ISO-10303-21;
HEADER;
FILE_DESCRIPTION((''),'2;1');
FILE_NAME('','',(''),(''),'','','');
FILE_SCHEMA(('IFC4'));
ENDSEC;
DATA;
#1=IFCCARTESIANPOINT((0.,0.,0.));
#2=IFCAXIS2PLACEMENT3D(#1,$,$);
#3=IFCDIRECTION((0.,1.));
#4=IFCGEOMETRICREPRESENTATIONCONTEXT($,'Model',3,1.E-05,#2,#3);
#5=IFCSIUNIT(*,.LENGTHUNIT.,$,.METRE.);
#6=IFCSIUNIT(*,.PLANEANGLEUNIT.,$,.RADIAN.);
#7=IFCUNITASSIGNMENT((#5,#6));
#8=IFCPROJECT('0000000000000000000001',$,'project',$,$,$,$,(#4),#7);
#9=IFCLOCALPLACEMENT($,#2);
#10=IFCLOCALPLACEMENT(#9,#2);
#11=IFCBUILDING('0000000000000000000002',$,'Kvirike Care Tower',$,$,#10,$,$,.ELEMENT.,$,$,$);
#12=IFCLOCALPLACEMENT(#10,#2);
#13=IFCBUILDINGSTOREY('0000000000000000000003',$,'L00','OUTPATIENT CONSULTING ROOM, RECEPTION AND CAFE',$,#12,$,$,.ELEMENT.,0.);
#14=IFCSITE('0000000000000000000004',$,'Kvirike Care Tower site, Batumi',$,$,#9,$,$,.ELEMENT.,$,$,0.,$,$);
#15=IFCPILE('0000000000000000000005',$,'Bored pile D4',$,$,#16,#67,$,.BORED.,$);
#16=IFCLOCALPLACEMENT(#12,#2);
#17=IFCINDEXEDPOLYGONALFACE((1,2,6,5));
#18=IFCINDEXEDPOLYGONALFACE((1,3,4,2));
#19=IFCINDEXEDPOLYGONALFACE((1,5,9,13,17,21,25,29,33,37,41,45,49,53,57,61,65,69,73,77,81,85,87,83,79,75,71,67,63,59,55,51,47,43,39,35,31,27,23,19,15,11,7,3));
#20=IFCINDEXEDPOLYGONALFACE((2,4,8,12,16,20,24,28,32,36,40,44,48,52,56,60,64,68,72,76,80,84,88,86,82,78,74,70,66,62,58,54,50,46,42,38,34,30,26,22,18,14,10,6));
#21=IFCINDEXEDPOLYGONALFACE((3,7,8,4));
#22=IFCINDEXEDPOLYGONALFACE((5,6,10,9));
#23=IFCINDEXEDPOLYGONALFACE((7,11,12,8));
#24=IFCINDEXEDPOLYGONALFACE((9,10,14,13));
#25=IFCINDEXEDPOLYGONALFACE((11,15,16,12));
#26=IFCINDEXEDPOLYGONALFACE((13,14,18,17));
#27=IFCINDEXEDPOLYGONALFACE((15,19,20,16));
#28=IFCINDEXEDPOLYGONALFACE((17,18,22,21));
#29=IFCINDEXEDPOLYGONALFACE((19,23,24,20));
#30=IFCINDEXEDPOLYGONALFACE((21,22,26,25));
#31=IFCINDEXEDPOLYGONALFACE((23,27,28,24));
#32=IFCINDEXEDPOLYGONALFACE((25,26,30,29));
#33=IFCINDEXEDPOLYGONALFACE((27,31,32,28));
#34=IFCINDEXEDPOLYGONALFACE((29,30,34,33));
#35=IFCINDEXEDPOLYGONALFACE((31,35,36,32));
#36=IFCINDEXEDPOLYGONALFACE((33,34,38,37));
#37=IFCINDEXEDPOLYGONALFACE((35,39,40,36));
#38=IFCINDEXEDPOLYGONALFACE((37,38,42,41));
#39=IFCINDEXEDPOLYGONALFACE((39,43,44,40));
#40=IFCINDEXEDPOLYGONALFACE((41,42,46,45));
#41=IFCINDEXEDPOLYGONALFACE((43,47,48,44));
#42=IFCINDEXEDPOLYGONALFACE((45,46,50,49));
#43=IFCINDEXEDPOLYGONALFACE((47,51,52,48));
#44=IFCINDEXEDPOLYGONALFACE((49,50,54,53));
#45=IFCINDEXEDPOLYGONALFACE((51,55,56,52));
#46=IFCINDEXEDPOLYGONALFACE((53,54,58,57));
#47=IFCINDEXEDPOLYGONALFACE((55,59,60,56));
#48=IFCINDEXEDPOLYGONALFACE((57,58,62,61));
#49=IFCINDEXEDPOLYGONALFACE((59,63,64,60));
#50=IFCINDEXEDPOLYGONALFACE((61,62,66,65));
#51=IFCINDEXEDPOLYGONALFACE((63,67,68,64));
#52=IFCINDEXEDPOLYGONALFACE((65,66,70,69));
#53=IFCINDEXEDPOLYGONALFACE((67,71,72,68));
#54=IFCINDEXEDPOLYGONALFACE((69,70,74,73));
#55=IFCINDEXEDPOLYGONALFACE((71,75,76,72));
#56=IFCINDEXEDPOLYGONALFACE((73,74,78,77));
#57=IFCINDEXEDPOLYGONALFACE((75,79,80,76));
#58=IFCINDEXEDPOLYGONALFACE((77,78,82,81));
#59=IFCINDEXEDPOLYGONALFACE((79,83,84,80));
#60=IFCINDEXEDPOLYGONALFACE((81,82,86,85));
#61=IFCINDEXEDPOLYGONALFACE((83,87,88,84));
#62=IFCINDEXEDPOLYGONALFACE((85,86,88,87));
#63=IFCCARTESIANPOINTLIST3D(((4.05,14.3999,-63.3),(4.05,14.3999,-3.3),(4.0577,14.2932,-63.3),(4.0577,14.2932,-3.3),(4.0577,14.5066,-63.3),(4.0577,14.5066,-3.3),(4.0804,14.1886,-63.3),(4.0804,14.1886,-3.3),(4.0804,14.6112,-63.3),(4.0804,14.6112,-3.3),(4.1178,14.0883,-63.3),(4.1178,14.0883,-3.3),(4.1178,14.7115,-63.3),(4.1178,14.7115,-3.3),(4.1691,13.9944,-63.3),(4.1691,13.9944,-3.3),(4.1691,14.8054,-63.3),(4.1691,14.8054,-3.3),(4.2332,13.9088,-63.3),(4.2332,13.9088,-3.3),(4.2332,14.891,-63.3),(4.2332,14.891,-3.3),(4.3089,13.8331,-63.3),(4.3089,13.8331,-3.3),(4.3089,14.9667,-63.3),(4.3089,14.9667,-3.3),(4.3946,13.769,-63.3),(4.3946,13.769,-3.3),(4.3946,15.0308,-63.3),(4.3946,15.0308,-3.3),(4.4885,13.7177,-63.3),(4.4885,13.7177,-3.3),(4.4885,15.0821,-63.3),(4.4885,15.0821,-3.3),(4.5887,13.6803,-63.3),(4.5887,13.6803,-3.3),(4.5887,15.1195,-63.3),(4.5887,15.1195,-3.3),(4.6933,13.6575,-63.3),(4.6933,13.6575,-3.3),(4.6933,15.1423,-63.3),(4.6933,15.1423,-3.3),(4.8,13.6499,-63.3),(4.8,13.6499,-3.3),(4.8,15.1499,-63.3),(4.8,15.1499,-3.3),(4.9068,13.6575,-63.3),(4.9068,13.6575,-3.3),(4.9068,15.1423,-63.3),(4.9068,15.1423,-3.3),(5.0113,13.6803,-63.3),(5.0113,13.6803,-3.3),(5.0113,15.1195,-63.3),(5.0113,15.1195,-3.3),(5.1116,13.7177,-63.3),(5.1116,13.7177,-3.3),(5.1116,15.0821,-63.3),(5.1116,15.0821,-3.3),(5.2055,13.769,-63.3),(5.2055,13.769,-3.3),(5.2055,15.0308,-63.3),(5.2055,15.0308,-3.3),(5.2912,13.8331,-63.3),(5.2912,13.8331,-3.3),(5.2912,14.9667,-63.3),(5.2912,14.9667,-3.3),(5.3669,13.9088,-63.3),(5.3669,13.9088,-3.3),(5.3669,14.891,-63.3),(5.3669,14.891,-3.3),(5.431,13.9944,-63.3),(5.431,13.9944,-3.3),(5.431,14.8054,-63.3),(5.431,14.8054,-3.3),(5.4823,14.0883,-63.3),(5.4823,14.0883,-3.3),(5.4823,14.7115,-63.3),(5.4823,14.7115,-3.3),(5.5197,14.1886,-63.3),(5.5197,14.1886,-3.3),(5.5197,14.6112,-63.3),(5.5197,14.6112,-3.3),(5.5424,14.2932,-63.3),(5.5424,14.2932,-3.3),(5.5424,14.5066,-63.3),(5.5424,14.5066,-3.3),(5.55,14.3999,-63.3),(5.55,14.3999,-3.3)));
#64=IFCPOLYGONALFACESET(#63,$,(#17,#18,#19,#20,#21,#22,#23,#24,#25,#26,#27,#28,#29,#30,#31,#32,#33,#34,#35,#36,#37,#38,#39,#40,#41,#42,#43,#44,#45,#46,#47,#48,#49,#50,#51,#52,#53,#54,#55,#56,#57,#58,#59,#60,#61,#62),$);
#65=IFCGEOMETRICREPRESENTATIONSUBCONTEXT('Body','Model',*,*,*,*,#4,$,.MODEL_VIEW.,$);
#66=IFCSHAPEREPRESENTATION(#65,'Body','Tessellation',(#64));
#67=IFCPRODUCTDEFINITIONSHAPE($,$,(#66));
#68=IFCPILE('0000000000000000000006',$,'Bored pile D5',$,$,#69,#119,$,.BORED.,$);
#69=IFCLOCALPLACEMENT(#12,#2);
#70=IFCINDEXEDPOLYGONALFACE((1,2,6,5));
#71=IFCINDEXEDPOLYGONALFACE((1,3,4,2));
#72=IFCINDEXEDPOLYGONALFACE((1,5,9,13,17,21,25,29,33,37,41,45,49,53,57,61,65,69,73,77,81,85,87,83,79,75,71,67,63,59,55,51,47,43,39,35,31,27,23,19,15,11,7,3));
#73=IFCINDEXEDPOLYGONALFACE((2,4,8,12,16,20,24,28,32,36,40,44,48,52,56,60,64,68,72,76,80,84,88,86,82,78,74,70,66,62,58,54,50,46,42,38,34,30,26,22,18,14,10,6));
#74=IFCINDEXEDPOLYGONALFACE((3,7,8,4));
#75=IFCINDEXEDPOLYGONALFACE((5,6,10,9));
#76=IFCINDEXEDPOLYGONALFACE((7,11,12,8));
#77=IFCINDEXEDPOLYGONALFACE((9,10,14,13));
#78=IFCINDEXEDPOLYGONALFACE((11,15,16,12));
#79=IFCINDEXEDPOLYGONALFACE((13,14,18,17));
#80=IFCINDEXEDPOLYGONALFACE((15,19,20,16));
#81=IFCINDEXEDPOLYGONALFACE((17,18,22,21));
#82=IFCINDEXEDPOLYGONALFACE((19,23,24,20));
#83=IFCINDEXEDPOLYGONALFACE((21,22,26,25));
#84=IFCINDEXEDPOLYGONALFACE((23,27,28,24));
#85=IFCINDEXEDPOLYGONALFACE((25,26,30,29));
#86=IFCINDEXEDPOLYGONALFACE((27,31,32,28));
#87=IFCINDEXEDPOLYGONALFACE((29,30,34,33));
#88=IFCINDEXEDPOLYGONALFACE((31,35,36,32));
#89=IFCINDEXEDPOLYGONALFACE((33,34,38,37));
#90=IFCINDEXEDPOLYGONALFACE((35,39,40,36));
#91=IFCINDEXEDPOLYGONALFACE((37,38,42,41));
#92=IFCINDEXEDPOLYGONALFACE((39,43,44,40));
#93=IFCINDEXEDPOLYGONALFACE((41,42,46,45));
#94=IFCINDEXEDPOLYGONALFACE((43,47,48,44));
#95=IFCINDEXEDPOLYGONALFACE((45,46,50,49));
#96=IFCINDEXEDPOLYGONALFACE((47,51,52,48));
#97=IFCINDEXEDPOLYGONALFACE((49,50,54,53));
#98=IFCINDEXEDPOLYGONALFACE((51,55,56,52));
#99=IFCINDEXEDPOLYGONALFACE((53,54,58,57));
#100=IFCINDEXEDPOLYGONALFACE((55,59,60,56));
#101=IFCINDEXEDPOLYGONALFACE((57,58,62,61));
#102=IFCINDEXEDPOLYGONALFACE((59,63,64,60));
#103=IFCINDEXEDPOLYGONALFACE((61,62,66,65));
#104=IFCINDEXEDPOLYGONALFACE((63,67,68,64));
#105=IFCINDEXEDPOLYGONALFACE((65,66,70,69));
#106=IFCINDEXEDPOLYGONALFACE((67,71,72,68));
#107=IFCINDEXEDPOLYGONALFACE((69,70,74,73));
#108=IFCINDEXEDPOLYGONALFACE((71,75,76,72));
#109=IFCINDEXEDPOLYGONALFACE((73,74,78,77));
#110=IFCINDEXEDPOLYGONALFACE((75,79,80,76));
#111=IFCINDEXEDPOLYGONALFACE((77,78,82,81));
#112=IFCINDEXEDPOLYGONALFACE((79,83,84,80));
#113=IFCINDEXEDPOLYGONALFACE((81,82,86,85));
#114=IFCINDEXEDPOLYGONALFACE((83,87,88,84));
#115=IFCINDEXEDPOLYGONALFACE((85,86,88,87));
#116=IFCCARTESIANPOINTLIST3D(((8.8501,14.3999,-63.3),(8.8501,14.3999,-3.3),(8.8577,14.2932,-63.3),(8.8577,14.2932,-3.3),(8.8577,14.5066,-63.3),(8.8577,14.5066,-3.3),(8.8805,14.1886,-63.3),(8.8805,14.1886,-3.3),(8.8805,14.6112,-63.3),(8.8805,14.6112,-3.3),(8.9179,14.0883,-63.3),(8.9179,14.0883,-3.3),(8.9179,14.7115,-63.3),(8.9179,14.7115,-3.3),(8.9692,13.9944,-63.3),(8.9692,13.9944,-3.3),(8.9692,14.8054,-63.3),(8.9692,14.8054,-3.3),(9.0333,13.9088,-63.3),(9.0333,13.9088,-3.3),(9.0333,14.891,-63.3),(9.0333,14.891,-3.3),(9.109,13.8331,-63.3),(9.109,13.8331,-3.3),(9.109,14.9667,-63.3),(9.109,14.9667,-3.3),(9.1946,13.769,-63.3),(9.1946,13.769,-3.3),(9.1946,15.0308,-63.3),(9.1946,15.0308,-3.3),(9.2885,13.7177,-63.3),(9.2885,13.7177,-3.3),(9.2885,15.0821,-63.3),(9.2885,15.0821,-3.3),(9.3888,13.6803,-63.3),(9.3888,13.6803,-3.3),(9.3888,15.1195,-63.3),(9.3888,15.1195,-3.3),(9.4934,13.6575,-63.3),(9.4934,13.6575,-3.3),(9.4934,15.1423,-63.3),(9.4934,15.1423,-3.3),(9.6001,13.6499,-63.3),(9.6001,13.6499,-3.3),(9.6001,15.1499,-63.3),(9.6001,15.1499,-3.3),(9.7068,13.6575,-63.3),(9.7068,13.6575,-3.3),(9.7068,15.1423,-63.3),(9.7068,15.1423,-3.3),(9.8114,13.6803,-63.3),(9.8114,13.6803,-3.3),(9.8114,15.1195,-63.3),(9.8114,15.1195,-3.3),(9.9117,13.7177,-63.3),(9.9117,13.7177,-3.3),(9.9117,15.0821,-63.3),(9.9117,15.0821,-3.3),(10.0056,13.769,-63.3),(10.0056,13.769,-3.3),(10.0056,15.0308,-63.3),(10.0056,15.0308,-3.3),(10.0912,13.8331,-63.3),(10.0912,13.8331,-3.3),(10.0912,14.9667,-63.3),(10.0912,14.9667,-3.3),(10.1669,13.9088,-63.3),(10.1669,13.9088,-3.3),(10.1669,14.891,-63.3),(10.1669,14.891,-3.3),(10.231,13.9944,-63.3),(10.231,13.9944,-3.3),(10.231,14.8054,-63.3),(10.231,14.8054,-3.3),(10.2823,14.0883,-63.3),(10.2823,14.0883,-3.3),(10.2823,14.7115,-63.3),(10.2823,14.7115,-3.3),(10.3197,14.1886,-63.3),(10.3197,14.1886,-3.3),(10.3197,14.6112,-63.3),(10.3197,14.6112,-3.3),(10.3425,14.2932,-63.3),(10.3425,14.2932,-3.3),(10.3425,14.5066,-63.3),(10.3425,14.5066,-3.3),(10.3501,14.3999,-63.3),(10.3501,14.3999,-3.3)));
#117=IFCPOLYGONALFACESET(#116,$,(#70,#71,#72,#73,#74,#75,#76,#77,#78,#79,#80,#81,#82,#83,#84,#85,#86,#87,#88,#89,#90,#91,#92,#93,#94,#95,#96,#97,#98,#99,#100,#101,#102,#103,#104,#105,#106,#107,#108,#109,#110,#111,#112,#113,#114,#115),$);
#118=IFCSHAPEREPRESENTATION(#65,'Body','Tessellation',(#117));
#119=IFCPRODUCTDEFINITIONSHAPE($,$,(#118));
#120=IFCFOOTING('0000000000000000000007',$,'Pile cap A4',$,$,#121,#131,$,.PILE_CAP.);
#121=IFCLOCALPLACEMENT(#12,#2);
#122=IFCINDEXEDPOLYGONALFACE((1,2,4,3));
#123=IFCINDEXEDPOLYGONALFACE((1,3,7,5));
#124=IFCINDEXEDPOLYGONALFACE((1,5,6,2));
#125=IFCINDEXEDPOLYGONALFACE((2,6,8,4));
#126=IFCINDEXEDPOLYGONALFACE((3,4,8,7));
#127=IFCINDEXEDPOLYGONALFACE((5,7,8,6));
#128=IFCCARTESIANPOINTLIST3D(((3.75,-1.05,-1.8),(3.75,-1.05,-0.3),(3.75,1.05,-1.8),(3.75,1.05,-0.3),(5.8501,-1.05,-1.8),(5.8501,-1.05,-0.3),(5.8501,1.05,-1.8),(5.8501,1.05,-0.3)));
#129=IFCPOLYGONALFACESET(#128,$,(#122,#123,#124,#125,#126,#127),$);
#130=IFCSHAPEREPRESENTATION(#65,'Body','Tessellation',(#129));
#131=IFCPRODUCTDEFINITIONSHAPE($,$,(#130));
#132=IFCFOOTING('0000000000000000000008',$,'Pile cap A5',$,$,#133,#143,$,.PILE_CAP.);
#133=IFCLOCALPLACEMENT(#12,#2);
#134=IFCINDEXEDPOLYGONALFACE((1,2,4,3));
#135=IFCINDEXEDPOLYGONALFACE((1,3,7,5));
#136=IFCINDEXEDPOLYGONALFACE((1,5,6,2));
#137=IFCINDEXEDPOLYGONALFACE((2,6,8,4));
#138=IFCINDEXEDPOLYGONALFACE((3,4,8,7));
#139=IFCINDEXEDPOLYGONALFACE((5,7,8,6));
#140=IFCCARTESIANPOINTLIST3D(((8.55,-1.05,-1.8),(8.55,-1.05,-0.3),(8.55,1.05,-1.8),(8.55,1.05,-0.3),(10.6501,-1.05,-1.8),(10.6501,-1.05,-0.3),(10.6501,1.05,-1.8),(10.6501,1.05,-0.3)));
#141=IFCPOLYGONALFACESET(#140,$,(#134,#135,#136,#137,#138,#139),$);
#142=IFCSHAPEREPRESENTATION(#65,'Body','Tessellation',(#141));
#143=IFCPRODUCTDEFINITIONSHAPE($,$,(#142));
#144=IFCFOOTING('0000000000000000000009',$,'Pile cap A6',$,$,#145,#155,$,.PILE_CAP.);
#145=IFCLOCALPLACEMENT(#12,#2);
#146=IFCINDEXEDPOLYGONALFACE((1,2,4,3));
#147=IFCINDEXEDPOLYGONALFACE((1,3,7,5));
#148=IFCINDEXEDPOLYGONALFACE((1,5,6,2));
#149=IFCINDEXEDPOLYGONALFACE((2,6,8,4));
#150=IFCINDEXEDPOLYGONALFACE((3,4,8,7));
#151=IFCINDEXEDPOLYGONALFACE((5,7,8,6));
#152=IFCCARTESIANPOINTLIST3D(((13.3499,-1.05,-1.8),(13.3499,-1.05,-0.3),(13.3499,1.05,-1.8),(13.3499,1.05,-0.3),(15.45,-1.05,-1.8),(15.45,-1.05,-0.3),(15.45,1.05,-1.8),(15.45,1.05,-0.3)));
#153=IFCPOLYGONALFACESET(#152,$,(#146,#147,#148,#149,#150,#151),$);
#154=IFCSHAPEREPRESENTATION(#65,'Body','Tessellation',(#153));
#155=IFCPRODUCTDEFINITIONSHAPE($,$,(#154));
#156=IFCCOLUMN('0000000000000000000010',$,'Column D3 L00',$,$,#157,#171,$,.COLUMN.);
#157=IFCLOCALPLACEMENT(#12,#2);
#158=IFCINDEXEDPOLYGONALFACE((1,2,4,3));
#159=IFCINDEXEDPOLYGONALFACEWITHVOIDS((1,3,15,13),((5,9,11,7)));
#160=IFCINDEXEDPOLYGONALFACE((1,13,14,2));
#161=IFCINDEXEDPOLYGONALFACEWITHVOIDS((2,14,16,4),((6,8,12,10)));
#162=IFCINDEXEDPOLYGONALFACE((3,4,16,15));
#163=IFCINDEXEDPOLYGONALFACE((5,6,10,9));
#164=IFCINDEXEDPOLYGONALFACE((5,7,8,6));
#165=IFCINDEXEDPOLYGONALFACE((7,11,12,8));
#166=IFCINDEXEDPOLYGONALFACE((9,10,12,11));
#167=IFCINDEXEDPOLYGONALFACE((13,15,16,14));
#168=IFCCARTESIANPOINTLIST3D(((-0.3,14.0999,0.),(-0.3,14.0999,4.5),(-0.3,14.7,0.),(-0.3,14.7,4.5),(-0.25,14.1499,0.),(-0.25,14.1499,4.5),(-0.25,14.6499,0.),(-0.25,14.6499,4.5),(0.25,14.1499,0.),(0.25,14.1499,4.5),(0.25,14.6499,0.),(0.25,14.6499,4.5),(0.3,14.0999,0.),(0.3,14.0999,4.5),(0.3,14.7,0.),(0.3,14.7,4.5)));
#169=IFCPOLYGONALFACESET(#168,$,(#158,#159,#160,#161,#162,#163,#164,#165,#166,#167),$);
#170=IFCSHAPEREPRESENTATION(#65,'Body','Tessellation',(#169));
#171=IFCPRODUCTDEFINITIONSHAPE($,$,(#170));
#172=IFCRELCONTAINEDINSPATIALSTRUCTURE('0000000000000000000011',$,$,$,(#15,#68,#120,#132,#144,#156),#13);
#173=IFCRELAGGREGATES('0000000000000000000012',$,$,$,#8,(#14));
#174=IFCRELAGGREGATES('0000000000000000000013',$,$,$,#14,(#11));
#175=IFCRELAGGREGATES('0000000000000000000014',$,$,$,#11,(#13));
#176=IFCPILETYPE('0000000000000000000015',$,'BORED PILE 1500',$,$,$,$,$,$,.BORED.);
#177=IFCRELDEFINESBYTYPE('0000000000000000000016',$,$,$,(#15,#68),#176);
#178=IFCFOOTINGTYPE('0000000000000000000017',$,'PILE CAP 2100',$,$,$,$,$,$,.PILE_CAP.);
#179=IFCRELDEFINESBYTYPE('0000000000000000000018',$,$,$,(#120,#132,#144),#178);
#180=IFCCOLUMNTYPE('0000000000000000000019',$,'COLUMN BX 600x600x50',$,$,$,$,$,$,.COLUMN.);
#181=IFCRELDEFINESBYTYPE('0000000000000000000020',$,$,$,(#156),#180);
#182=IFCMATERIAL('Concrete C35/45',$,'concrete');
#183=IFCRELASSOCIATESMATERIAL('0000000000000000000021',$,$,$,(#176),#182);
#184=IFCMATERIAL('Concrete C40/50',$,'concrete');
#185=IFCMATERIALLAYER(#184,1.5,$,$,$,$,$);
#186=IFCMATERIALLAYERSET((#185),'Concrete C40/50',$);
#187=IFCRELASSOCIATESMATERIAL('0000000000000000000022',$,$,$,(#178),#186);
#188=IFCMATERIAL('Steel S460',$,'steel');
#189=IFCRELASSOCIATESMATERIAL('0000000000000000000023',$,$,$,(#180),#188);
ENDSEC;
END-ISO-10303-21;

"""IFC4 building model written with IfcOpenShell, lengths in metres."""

from ifc_helpers import new_model, si_unit, direction, frame, origin, origin_2d, place, context, subcontext, project, spatial, rectangle, hollow_rectangle, circle, extrude, material, layer, layer_set, material_profile, profile_set, type_object, element, save


model = new_model("IFC4")

# Units and contexts
model_context = context("Model", 3, precision=1e-05, world=origin(), true_north=direction((0.0, 1.0)))
body_context = subcontext(model_context, "Body", "Model", "MODEL_VIEW")
ifc_project = project(units=[si_unit("LENGTHUNIT", "METRE"), si_unit("PLANEANGLEUNIT", "RADIAN")], contexts=[model_context])

# Site, building, storey
site_placement = place(None, origin())
site = spatial("IfcSite", under=ifc_project, at=site_placement, Name="Kvirike Care Tower site, Batumi", CompositionType="ELEMENT", RefElevation=0.0)
building_placement = place(site_placement, origin())
building = spatial("IfcBuilding", under=site, at=building_placement, Name="Kvirike Care Tower", CompositionType="ELEMENT")
storey_placement = place(building_placement, origin())
storey = spatial("IfcBuildingStorey", under=building, at=storey_placement, Name="L00", Description="OUTPATIENT CONSULTING ROOM, RECEPTION AND CAFE", CompositionType="ELEMENT", Elevation=0.0)

# Piles
ifc_material_1 = material(Name="Concrete C35/45", Category="concrete")
ifc_material_profile_1 = material_profile(ifc_material_1, circle(Radius=0.75, at=origin_2d()), Name="BORED PILE 1500")
ifc_profile_set_1 = profile_set([ifc_material_profile_1], Name="Concrete C35/45")
pile_type_1 = type_object("IfcPileType", Name="BORED PILE 1500", PredefinedType="BORED", material=ifc_profile_set_1)
for number, where, z_axis, x_axis, name in (
    (1, (4.8, 14.3999, -3.3), (0.0, 0.0, -1.0), (1.0, 0.0, 0.0), "Bored pile D4"),
    (2, (9.6001, 14.3999, -3.3), (0.0, 0.0, -1.0), (1.0, 0.0, 0.0), "Bored pile D5"),
):
    element("IfcPile", number, at=place(storey_placement, frame(where, z_axis=z_axis, x_axis=x_axis)), inside=storey, type_object=pile_type_1, Name=name, PredefinedType="BORED", context=body_context, shape_type="SweptSolid", body=[
        extrude(circle(Radius=0.75, at=origin_2d()), origin(), (0.0, 0.0, 1.0), 60.0),
    ])

# Footings
ifc_material_2 = material(Name="Concrete C40/50", Category="concrete")
ifc_layer_1 = layer(ifc_material_2, 1.5)
ifc_layer_set_1 = layer_set([ifc_layer_1], Name="Concrete C40/50")
footing_type = type_object("IfcFootingType", Name="PILE CAP 2100", PredefinedType="PILE_CAP", material=ifc_layer_set_1)
for number, where, z_axis, x_axis, name in (
    (3, (4.8, 0.0, -1.8), (0.0, 0.0, 1.0), (1.0, 0.0, 0.0), "Pile cap A4"),
    (4, (9.6001, 0.0, -1.8), (0.0, 0.0, 1.0), (1.0, 0.0, 0.0), "Pile cap A5"),
    (5, (14.3999, 0.0, -1.8), (0.0, 0.0, 1.0), (1.0, 0.0, 0.0), "Pile cap A6"),
):
    element("IfcFooting", number, at=place(storey_placement, frame(where, z_axis=z_axis, x_axis=x_axis)), inside=storey, type_object=footing_type, Name=name, PredefinedType="PILE_CAP", context=body_context, shape_type="SweptSolid", body=[
        extrude(rectangle(XDim=2.1001, YDim=2.1001, at=origin_2d()), origin(), (0.0, 0.0, 1.0), 1.5),
    ])

# Column
ifc_material_3 = material(Name="Steel S460", Category="steel")
ifc_material_profile_2 = material_profile(ifc_material_3, hollow_rectangle(XDim=0.6001, YDim=0.6001, WallThickness=0.05, at=origin_2d()), Name="BX 600x600x50")
ifc_profile_set_2 = profile_set([ifc_material_profile_2], Name="Steel S460")
column_type_1 = type_object("IfcColumnType", Name="COLUMN BX 600x600x50", PredefinedType="COLUMN", material=ifc_profile_set_2)
column_placement = place(storey_placement, frame((0.0, 14.3999, 0.0), z_axis=(0.0, 0.0, 1.0), x_axis=(0.0, 1.0, 0.0)))
element("IfcColumn", 6, at=column_placement, inside=storey, type_object=column_type_1, Name="Column D3 L00", PredefinedType="COLUMN", context=body_context, shape_type="SweptSolid", body=[
    extrude(hollow_rectangle(XDim=0.6001, YDim=0.6001, WallThickness=0.05, at=origin_2d()), origin(), (0.0, 0.0, 1.0), 4.5),
])

save(model, "model.ifc")
